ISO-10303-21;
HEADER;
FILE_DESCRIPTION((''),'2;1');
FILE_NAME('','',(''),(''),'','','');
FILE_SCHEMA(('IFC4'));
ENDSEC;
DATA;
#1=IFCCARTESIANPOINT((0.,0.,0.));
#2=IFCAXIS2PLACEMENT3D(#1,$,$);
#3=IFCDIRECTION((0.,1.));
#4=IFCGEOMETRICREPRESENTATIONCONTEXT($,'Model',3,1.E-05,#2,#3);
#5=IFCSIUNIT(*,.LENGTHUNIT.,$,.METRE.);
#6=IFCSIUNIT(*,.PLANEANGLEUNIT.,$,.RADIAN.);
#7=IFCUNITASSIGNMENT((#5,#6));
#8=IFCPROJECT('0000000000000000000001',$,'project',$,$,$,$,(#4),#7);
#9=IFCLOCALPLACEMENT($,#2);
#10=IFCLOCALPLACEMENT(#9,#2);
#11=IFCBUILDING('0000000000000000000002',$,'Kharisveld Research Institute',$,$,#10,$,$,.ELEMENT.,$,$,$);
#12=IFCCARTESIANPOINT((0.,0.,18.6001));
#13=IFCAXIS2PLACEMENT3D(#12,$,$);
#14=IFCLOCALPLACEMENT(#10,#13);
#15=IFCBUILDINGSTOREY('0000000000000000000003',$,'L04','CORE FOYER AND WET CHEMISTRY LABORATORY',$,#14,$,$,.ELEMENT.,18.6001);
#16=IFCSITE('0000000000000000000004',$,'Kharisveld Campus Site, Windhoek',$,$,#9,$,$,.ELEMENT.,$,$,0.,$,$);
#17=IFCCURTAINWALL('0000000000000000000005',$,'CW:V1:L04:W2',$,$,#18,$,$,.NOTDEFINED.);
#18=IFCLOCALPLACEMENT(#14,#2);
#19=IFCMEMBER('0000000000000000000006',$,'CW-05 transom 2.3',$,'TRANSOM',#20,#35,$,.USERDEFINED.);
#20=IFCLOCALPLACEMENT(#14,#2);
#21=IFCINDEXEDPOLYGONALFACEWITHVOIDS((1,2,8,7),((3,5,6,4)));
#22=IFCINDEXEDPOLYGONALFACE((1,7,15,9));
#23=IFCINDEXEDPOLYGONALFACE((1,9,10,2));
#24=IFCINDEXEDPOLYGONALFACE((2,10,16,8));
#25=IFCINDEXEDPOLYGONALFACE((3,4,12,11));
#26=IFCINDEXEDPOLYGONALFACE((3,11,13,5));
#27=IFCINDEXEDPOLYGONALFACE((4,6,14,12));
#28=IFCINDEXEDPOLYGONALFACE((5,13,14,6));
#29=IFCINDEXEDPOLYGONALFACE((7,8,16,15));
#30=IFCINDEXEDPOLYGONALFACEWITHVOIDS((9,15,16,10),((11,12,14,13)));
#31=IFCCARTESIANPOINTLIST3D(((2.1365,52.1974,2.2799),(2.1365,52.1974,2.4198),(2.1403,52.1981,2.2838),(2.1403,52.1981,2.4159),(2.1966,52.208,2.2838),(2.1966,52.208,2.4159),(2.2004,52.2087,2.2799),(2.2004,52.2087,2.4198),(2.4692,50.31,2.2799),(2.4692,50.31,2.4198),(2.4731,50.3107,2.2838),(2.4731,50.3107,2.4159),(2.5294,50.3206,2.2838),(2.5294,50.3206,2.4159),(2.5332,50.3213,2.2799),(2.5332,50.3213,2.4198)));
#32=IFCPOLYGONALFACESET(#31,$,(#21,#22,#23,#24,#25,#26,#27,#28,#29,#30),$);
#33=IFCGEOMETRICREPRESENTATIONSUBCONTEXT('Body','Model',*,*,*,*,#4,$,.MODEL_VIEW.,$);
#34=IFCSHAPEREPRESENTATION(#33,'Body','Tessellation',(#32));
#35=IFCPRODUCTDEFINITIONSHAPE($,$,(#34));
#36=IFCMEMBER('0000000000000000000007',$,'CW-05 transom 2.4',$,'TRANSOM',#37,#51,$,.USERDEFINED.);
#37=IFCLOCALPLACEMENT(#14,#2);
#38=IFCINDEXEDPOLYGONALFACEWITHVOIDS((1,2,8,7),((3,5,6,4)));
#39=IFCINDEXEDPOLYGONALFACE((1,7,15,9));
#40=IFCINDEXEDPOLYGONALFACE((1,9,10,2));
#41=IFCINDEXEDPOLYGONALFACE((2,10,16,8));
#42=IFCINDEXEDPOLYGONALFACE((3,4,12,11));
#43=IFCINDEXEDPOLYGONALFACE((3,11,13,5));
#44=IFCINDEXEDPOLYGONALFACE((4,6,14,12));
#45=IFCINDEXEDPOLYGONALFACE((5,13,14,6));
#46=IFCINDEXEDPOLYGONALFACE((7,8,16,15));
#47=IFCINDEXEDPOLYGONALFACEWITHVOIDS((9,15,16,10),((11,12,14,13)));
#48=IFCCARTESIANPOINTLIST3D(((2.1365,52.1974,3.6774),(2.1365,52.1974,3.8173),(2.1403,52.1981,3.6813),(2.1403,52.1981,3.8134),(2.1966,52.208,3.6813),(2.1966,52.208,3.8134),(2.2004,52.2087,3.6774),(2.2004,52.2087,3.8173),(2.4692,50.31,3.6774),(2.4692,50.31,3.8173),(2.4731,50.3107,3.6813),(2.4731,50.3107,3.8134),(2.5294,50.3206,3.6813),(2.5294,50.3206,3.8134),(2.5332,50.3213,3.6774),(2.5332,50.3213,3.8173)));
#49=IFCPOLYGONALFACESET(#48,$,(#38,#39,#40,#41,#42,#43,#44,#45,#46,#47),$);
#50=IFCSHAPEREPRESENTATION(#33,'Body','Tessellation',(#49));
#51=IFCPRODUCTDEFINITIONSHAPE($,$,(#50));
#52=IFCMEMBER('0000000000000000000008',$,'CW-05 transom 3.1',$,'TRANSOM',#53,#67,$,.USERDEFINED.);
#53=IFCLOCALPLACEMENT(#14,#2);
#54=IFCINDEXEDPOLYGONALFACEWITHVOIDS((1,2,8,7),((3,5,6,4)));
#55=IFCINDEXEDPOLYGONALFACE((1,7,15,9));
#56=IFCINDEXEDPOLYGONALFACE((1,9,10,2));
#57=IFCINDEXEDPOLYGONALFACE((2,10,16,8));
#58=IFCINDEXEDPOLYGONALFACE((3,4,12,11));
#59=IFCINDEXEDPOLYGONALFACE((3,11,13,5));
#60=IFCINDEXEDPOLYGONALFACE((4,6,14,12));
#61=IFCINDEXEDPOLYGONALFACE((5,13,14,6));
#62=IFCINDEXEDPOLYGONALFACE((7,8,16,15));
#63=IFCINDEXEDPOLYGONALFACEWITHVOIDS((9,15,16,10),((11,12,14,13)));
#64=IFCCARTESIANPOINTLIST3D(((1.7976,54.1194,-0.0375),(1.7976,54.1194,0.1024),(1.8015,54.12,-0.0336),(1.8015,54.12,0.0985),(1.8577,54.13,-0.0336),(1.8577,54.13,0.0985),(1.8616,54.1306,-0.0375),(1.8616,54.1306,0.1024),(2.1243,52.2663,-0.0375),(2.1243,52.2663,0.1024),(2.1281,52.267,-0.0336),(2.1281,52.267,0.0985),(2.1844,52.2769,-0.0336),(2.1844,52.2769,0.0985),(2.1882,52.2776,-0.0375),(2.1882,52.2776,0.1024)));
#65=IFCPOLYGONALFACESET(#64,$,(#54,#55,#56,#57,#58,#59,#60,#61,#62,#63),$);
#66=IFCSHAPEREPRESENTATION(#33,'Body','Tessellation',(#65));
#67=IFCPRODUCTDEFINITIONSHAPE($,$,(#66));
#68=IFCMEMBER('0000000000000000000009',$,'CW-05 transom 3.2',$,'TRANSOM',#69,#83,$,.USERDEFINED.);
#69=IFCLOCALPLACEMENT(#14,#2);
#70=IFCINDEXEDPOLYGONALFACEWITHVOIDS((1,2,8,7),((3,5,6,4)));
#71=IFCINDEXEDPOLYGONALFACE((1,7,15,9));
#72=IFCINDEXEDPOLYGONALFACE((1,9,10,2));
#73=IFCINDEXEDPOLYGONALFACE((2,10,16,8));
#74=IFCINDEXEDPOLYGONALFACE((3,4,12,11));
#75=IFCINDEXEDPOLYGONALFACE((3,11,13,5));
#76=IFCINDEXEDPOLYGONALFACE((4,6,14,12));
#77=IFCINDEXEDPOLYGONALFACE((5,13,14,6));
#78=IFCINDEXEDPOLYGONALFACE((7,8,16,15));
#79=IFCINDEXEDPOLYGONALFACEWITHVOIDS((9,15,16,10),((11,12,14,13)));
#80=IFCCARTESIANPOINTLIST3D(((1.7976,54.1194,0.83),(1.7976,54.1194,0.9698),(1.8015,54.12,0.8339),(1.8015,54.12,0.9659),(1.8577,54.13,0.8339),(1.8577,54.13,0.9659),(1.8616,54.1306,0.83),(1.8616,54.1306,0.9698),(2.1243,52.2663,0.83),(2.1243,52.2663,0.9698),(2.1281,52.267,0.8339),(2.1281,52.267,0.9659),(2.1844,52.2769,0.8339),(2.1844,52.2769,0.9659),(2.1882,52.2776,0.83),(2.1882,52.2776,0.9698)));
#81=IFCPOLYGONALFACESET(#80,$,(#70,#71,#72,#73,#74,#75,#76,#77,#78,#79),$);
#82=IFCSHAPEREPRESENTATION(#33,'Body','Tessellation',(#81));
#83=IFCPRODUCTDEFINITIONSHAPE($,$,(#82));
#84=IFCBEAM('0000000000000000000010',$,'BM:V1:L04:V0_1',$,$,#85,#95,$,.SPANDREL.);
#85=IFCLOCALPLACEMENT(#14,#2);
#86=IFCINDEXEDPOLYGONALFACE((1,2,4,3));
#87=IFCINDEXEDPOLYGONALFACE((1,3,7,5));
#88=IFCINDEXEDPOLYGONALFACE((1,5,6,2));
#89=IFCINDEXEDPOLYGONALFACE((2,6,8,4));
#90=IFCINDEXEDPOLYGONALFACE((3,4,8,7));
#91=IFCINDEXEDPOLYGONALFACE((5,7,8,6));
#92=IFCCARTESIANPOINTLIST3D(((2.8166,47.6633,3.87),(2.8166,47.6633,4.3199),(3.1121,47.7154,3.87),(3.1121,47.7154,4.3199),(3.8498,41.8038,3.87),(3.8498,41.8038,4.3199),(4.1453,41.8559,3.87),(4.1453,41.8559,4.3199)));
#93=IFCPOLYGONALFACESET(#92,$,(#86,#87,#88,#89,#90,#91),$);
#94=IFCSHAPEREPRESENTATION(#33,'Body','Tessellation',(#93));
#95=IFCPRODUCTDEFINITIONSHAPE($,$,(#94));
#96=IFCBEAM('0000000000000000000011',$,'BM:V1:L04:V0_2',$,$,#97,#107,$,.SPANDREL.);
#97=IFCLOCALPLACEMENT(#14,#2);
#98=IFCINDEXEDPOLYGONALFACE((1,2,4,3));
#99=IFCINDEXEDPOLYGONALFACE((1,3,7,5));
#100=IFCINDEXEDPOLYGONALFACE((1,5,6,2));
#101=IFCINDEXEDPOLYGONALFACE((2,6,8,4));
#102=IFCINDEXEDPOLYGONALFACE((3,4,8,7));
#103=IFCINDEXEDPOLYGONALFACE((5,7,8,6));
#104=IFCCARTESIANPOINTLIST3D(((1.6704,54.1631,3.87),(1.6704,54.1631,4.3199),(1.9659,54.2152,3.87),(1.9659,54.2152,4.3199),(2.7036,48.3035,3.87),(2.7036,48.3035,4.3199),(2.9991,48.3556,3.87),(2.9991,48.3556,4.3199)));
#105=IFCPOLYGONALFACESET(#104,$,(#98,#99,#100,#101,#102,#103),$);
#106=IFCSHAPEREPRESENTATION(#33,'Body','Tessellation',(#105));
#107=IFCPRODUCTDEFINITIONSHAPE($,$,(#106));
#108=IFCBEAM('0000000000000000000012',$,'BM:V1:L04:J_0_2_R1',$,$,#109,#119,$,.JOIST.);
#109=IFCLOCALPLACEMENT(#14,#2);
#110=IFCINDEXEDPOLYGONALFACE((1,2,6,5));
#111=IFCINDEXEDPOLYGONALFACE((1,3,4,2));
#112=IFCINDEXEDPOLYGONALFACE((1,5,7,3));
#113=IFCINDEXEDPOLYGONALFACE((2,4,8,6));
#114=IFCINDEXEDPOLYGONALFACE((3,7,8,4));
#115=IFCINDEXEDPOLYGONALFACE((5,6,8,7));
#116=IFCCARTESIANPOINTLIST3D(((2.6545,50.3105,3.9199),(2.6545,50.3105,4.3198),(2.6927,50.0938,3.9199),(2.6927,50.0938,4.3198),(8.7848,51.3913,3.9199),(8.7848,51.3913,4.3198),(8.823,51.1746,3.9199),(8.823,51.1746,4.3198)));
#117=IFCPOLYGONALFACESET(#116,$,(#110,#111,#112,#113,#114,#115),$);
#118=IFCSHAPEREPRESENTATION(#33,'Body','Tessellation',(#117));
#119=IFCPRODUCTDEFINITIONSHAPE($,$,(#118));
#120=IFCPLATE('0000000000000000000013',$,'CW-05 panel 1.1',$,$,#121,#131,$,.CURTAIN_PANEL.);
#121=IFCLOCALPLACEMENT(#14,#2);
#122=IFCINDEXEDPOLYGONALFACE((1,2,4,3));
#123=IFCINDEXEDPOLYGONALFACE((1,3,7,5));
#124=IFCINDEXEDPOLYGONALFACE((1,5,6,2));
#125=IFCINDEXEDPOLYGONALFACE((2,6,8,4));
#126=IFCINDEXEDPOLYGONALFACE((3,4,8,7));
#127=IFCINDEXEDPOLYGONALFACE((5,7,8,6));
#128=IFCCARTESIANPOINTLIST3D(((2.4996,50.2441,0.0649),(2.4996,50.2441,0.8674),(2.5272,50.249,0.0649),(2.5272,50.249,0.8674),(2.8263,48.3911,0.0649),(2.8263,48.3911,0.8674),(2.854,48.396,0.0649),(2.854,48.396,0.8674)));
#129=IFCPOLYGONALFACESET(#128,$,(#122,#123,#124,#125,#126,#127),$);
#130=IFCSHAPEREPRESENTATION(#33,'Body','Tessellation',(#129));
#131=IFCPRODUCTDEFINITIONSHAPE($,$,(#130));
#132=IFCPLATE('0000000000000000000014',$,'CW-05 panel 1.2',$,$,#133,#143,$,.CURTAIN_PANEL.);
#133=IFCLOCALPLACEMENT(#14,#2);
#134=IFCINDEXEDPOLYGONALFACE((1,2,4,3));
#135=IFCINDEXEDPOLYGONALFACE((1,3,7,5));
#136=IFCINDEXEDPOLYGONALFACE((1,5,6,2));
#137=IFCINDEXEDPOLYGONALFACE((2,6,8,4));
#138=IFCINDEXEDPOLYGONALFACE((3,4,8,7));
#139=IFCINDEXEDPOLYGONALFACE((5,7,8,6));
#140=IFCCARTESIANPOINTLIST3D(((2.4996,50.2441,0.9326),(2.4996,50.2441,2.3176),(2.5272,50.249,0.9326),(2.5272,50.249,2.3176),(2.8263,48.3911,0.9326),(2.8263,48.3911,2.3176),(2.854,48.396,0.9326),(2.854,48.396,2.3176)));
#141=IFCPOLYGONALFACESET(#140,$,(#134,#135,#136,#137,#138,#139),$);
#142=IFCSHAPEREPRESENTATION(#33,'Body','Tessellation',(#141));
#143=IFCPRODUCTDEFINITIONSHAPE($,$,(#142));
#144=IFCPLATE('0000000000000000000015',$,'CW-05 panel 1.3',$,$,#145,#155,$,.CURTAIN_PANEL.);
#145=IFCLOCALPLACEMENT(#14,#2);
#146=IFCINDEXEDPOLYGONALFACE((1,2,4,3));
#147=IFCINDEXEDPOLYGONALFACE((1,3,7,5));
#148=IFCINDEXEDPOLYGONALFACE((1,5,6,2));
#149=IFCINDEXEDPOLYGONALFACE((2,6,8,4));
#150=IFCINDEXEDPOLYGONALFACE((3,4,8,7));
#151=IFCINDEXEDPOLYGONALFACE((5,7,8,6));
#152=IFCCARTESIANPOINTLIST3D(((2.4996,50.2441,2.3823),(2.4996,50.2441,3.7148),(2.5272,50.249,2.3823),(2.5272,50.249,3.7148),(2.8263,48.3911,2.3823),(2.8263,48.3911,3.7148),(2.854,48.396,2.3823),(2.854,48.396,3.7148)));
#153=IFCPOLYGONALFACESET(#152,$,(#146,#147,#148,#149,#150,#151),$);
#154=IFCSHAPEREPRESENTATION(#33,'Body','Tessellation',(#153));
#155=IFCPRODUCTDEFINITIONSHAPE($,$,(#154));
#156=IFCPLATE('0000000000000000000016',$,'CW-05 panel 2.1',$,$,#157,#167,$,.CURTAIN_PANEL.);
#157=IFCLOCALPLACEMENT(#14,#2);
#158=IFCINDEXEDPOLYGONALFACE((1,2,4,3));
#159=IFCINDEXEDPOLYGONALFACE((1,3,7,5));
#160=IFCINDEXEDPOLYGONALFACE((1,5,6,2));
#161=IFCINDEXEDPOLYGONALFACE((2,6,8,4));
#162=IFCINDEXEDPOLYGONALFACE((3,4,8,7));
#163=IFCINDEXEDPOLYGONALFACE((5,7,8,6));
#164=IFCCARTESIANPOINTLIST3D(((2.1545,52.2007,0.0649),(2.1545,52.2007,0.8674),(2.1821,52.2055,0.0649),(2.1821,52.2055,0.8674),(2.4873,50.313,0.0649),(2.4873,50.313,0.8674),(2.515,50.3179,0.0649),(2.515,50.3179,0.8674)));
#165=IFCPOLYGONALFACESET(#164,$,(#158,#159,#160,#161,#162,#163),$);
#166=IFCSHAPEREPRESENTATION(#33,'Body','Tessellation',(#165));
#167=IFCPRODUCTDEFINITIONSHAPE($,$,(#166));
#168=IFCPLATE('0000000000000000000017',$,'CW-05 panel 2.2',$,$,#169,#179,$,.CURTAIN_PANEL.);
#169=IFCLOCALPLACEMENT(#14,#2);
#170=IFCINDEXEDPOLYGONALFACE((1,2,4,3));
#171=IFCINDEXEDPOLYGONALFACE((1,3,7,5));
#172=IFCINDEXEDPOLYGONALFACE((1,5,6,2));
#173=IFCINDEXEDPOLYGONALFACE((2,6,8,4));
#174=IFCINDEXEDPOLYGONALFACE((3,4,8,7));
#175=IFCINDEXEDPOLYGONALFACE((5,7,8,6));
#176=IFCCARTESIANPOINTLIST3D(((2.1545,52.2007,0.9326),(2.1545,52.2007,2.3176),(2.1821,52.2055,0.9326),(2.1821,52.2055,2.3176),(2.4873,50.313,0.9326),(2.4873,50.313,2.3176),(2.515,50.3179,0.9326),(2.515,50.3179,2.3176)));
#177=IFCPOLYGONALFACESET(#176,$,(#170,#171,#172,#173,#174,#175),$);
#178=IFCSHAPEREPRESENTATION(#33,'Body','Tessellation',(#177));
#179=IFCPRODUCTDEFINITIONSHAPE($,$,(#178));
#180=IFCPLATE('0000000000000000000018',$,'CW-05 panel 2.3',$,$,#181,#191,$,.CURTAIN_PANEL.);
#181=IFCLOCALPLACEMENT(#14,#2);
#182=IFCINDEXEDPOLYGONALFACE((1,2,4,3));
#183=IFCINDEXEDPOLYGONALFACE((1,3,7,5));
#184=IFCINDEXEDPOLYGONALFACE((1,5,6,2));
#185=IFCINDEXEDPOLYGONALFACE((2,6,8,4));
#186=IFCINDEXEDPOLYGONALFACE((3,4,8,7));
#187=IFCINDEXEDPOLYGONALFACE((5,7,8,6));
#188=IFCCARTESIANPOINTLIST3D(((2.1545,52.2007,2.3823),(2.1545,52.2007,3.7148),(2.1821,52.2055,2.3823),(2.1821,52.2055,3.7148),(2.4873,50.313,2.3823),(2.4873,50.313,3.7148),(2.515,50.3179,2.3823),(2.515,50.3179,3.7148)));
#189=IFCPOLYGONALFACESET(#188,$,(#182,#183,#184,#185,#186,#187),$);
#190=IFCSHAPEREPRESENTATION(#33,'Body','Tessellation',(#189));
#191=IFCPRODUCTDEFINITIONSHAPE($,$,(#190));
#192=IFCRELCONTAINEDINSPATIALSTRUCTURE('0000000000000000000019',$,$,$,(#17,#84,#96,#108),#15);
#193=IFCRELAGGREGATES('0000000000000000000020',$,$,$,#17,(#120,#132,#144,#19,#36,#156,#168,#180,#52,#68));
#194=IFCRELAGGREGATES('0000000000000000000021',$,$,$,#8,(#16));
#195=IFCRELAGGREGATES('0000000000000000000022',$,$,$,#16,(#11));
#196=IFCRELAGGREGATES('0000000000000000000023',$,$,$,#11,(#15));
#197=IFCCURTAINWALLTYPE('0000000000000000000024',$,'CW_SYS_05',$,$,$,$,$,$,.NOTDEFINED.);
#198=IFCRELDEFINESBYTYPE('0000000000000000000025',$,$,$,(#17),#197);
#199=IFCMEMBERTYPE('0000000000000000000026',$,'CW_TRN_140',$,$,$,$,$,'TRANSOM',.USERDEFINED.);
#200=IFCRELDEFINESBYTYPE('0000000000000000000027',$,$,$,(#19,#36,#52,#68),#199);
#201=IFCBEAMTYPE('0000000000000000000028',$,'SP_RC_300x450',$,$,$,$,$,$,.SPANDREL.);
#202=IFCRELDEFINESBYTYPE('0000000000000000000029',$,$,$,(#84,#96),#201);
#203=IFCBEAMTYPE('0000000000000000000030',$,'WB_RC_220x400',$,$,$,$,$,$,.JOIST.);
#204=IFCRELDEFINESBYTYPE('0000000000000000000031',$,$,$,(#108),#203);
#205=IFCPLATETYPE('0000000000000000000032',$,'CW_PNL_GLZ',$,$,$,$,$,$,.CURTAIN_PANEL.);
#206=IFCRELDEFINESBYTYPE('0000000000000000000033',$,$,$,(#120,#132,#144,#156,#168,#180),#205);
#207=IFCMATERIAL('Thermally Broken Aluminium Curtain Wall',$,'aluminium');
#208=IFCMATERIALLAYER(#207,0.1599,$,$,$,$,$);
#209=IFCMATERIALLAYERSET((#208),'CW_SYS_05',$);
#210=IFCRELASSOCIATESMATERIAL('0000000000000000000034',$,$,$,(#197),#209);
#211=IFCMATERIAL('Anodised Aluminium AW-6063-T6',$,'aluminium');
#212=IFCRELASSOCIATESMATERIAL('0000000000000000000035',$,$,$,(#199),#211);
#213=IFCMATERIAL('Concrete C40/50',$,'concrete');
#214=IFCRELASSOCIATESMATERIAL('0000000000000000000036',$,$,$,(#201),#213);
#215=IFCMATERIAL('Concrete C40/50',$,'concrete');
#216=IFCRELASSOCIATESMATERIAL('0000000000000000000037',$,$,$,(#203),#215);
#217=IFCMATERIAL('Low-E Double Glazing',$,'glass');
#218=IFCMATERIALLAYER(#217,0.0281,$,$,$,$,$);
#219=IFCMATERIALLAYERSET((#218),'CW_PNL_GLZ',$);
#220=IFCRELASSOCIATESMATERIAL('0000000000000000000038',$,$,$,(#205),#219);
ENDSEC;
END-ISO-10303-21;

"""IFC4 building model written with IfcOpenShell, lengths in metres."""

from ifc_helpers import new_model, si_unit, direction, frame, origin, origin_2d, place, context, subcontext, project, spatial, rectangle, hollow_rectangle, extrude, material, layer, layer_set, material_profile, profile_set, type_object, element, aggregate, save


model = new_model("IFC4")

# Units and contexts
model_context = context("Model", 3, precision=1e-05, world=origin(), true_north=direction((0.0, 1.0)))
body_context = subcontext(model_context, "Body", "Model", "MODEL_VIEW")
ifc_project = project(units=[si_unit("LENGTHUNIT", "METRE"), si_unit("PLANEANGLEUNIT", "RADIAN")], contexts=[model_context])

# Site, building, storey
site_placement = place(None, origin())
site = spatial("IfcSite", under=ifc_project, at=site_placement, Name="Kharisveld Campus Site, Windhoek", CompositionType="ELEMENT", RefElevation=0.0)
building_placement = place(site_placement, origin())
building = spatial("IfcBuilding", under=site, at=building_placement, Name="Kharisveld Research Institute", CompositionType="ELEMENT")
storey_placement = place(building_placement, frame((0.0, 0.0, 18.6001)))
storey = spatial("IfcBuildingStorey", under=building, at=storey_placement, Name="L04", Description="CORE FOYER AND WET CHEMISTRY LABORATORY", CompositionType="ELEMENT", Elevation=18.6001)

# Curtain wall, members
ifc_material_1 = material(Name="Thermally Broken Aluminium Curtain Wall", Category="aluminium")
ifc_layer_1 = layer(ifc_material_1, 0.1599)
ifc_layer_set_1 = layer_set([ifc_layer_1], Name="CW_SYS_05")
curtain_wall_type = type_object("IfcCurtainWallType", Name="CW_SYS_05", PredefinedType="NOTDEFINED", material=ifc_layer_set_1)
curtain_wall_placement = place(storey_placement, origin())
curtain_wall = element("IfcCurtainWall", 1, at=curtain_wall_placement, inside=storey, type_object=curtain_wall_type, Name="CW:V1:L04:W2", PredefinedType="NOTDEFINED")
ifc_material_2 = material(Name="Anodised Aluminium AW-6063-T6", Category="aluminium")
ifc_material_profile_1 = material_profile(ifc_material_2, hollow_rectangle(XDim=0.0649, YDim=0.1399, WallThickness=0.0039, at=origin_2d()))
ifc_profile_set_1 = profile_set([ifc_material_profile_1], Name="Anodised Aluminium AW-6063-T6")
member_type_1 = type_object("IfcMemberType", Name="CW_TRN_140", ElementType="TRANSOM", PredefinedType="USERDEFINED", material=ifc_profile_set_1)
member_1_placement = place(storey_placement, frame((2.5012, 50.3157, 2.3499), z_axis=(-0.173625, 0.984812, 0.0), x_axis=(-0.984812, -0.173625, 0.0)))
member_1 = element("IfcMember", 2, at=member_1_placement, type_object=member_type_1, Name="CW-05 transom 2.3", ObjectType="TRANSOM", PredefinedType="USERDEFINED", context=body_context, shape_type="SweptSolid", body=[
    extrude(hollow_rectangle(XDim=0.0649, YDim=0.1399, WallThickness=0.0039, at=origin_2d()), origin(), (0.0, 0.0, 1.0), 1.9165),
])
member_2_placement = place(storey_placement, frame((2.5012, 50.3157, 3.7473), z_axis=(-0.173625, 0.984812, 0.0), x_axis=(-0.984812, -0.173625, 0.0)))
member_2 = element("IfcMember", 3, at=member_2_placement, type_object=member_type_1, Name="CW-05 transom 2.4", ObjectType="TRANSOM", PredefinedType="USERDEFINED", context=body_context, shape_type="SweptSolid", body=[
    extrude(hollow_rectangle(XDim=0.0649, YDim=0.1399, WallThickness=0.0039, at=origin_2d()), origin(), (0.0, 0.0, 1.0), 1.9165),
])
member_3_placement = place(storey_placement, frame((2.1562, 52.272, 0.0325), z_axis=(-0.173608, 0.984815, 0.0), x_axis=(-0.984815, -0.173608, 0.0)))
member_3 = element("IfcMember", 4, at=member_3_placement, type_object=member_type_1, Name="CW-05 transom 3.1", ObjectType="TRANSOM", PredefinedType="USERDEFINED", context=body_context, shape_type="SweptSolid", body=[
    extrude(hollow_rectangle(XDim=0.0649, YDim=0.1399, WallThickness=0.0039, at=origin_2d()), origin(), (0.0, 0.0, 1.0), 1.8816),
])
member_4_placement = place(storey_placement, frame((2.1562, 52.272, 0.8999), z_axis=(-0.173608, 0.984815, 0.0), x_axis=(-0.984815, -0.173608, 0.0)))
member_4 = element("IfcMember", 5, at=member_4_placement, type_object=member_type_1, Name="CW-05 transom 3.2", ObjectType="TRANSOM", PredefinedType="USERDEFINED", context=body_context, shape_type="SweptSolid", body=[
    extrude(hollow_rectangle(XDim=0.0649, YDim=0.1399, WallThickness=0.0039, at=origin_2d()), origin(), (0.0, 0.0, 1.0), 1.8816),
])

# Beams
ifc_material_3 = material(Name="Concrete C40/50", Category="concrete")
ifc_material_profile_2 = material_profile(ifc_material_3, rectangle(XDim=0.3, YDim=0.45, at=origin_2d()))
ifc_profile_set_2 = profile_set([ifc_material_profile_2], Name="Concrete C40/50")
beam_type_1 = type_object("IfcBeamType", Name="SP_RC_300x450", PredefinedType="SPANDREL", material=ifc_profile_set_2)
for number, where, z_axis, x_axis, name in (
    (6, (3.9976, 41.8298, 4.095), (-0.173647, 0.984808, 0.0), (-0.984808, -0.173647, 0.0), "BM:V1:L04:V0_1"),
    (7, (2.8513, 48.3296, 4.095), (-0.173647, 0.984808, 0.0), (-0.984808, -0.173647, 0.0), "BM:V1:L04:V0_2"),
):
    element("IfcBeam", number, at=place(storey_placement, frame(where, z_axis=z_axis, x_axis=x_axis)), inside=storey, type_object=beam_type_1, Name=name, PredefinedType="SPANDREL", context=body_context, shape_type="SweptSolid", body=[
        extrude(rectangle(XDim=0.3, YDim=0.45, at=origin_2d()), origin(), (0.0, 0.0, 1.0), 5.95),
    ])
ifc_material_4 = material(Name="Concrete C40/50", Category="concrete")
ifc_material_profile_3 = material_profile(ifc_material_4, rectangle(XDim=0.22, YDim=0.3999, at=origin_2d()))
ifc_profile_set_3 = profile_set([ifc_material_profile_3], Name="Concrete C40/50")
beam_type_2 = type_object("IfcBeamType", Name="WB_RC_220x400", PredefinedType="JOIST", material=ifc_profile_set_3)
beam_1_placement = place(storey_placement, frame((2.6736, 50.2021, 4.1199), z_axis=(0.984812, 0.173626, 0.0), x_axis=(-0.173626, 0.984812, 0.0)))
element("IfcBeam", 8, at=beam_1_placement, inside=storey, type_object=beam_type_2, Name="BM:V1:L04:J_0_2_R1", PredefinedType="JOIST", context=body_context, shape_type="SweptSolid", body=[
    extrude(rectangle(XDim=0.22, YDim=0.3999, at=origin_2d()), origin(), (0.0, 0.0, 1.0), 6.2249),
])

# Plates
ifc_material_5 = material(Name="Low-E Double Glazing", Category="glass")
ifc_layer_2 = layer(ifc_material_5, 0.0281)
ifc_layer_set_2 = layer_set([ifc_layer_2], Name="CW_PNL_GLZ")
plate_type = type_object("IfcPlateType", Name="CW_PNL_GLZ", PredefinedType="CURTAIN_PANEL", material=ifc_layer_set_2)
plate_1_placement = place(storey_placement, frame((2.6768, 49.3201, 0.0649), z_axis=(0.0, 0.0, 1.0), x_axis=(-0.173648, 0.984808, 0.0)))
plate_1 = element("IfcPlate", 9, at=plate_1_placement, type_object=plate_type, Name="CW-05 panel 1.1", PredefinedType="CURTAIN_PANEL", context=body_context, shape_type="SweptSolid", body=[
    extrude(rectangle(XDim=1.8816, YDim=0.0281, at=origin_2d()), origin(), (0.0, 0.0, 1.0), 0.8025),
])
plate_2_placement = place(storey_placement, frame((2.6768, 49.3201, 0.9326), z_axis=(0.0, 0.0, 1.0), x_axis=(-0.173648, 0.984808, 0.0)))
plate_2 = element("IfcPlate", 10, at=plate_2_placement, type_object=plate_type, Name="CW-05 panel 1.2", PredefinedType="CURTAIN_PANEL", context=body_context, shape_type="SweptSolid", body=[
    extrude(rectangle(XDim=1.8816, YDim=0.0281, at=origin_2d()), origin(), (0.0, 0.0, 1.0), 1.385),
])
plate_3_placement = place(storey_placement, frame((2.6768, 49.3201, 2.3823), z_axis=(0.0, 0.0, 1.0), x_axis=(-0.173648, 0.984808, 0.0)))
plate_3 = element("IfcPlate", 11, at=plate_3_placement, type_object=plate_type, Name="CW-05 panel 1.3", PredefinedType="CURTAIN_PANEL", context=body_context, shape_type="SweptSolid", body=[
    extrude(rectangle(XDim=1.8816, YDim=0.0281, at=origin_2d()), origin(), (0.0, 0.0, 1.0), 1.3325),
])
plate_4_placement = place(storey_placement, frame((2.3347, 51.2593, 0.0649), z_axis=(0.0, 0.0, 1.0), x_axis=(-0.173648, 0.984808, 0.0)))
plate_4 = element("IfcPlate", 12, at=plate_4_placement, type_object=plate_type, Name="CW-05 panel 2.1", PredefinedType="CURTAIN_PANEL", context=body_context, shape_type="SweptSolid", body=[
    extrude(rectangle(XDim=1.9167, YDim=0.0281, at=origin_2d()), origin(), (0.0, 0.0, 1.0), 0.8025),
])
plate_5_placement = place(storey_placement, frame((2.3347, 51.2593, 0.9326), z_axis=(0.0, 0.0, 1.0), x_axis=(-0.173648, 0.984808, 0.0)))
plate_5 = element("IfcPlate", 13, at=plate_5_placement, type_object=plate_type, Name="CW-05 panel 2.2", PredefinedType="CURTAIN_PANEL", context=body_context, shape_type="SweptSolid", body=[
    extrude(rectangle(XDim=1.9167, YDim=0.0281, at=origin_2d()), origin(), (0.0, 0.0, 1.0), 1.385),
])
plate_6_placement = place(storey_placement, frame((2.3347, 51.2593, 2.3823), z_axis=(0.0, 0.0, 1.0), x_axis=(-0.173648, 0.984808, 0.0)))
plate_6 = element("IfcPlate", 14, at=plate_6_placement, type_object=plate_type, Name="CW-05 panel 2.3", PredefinedType="CURTAIN_PANEL", context=body_context, shape_type="SweptSolid", body=[
    extrude(rectangle(XDim=1.9167, YDim=0.0281, at=origin_2d()), origin(), (0.0, 0.0, 1.0), 1.3325),
])
aggregate(curtain_wall, [plate_1, plate_2, plate_3, member_1, member_2, plate_4, plate_5, plate_6, member_3, member_4])

save(model, "model.ifc")
